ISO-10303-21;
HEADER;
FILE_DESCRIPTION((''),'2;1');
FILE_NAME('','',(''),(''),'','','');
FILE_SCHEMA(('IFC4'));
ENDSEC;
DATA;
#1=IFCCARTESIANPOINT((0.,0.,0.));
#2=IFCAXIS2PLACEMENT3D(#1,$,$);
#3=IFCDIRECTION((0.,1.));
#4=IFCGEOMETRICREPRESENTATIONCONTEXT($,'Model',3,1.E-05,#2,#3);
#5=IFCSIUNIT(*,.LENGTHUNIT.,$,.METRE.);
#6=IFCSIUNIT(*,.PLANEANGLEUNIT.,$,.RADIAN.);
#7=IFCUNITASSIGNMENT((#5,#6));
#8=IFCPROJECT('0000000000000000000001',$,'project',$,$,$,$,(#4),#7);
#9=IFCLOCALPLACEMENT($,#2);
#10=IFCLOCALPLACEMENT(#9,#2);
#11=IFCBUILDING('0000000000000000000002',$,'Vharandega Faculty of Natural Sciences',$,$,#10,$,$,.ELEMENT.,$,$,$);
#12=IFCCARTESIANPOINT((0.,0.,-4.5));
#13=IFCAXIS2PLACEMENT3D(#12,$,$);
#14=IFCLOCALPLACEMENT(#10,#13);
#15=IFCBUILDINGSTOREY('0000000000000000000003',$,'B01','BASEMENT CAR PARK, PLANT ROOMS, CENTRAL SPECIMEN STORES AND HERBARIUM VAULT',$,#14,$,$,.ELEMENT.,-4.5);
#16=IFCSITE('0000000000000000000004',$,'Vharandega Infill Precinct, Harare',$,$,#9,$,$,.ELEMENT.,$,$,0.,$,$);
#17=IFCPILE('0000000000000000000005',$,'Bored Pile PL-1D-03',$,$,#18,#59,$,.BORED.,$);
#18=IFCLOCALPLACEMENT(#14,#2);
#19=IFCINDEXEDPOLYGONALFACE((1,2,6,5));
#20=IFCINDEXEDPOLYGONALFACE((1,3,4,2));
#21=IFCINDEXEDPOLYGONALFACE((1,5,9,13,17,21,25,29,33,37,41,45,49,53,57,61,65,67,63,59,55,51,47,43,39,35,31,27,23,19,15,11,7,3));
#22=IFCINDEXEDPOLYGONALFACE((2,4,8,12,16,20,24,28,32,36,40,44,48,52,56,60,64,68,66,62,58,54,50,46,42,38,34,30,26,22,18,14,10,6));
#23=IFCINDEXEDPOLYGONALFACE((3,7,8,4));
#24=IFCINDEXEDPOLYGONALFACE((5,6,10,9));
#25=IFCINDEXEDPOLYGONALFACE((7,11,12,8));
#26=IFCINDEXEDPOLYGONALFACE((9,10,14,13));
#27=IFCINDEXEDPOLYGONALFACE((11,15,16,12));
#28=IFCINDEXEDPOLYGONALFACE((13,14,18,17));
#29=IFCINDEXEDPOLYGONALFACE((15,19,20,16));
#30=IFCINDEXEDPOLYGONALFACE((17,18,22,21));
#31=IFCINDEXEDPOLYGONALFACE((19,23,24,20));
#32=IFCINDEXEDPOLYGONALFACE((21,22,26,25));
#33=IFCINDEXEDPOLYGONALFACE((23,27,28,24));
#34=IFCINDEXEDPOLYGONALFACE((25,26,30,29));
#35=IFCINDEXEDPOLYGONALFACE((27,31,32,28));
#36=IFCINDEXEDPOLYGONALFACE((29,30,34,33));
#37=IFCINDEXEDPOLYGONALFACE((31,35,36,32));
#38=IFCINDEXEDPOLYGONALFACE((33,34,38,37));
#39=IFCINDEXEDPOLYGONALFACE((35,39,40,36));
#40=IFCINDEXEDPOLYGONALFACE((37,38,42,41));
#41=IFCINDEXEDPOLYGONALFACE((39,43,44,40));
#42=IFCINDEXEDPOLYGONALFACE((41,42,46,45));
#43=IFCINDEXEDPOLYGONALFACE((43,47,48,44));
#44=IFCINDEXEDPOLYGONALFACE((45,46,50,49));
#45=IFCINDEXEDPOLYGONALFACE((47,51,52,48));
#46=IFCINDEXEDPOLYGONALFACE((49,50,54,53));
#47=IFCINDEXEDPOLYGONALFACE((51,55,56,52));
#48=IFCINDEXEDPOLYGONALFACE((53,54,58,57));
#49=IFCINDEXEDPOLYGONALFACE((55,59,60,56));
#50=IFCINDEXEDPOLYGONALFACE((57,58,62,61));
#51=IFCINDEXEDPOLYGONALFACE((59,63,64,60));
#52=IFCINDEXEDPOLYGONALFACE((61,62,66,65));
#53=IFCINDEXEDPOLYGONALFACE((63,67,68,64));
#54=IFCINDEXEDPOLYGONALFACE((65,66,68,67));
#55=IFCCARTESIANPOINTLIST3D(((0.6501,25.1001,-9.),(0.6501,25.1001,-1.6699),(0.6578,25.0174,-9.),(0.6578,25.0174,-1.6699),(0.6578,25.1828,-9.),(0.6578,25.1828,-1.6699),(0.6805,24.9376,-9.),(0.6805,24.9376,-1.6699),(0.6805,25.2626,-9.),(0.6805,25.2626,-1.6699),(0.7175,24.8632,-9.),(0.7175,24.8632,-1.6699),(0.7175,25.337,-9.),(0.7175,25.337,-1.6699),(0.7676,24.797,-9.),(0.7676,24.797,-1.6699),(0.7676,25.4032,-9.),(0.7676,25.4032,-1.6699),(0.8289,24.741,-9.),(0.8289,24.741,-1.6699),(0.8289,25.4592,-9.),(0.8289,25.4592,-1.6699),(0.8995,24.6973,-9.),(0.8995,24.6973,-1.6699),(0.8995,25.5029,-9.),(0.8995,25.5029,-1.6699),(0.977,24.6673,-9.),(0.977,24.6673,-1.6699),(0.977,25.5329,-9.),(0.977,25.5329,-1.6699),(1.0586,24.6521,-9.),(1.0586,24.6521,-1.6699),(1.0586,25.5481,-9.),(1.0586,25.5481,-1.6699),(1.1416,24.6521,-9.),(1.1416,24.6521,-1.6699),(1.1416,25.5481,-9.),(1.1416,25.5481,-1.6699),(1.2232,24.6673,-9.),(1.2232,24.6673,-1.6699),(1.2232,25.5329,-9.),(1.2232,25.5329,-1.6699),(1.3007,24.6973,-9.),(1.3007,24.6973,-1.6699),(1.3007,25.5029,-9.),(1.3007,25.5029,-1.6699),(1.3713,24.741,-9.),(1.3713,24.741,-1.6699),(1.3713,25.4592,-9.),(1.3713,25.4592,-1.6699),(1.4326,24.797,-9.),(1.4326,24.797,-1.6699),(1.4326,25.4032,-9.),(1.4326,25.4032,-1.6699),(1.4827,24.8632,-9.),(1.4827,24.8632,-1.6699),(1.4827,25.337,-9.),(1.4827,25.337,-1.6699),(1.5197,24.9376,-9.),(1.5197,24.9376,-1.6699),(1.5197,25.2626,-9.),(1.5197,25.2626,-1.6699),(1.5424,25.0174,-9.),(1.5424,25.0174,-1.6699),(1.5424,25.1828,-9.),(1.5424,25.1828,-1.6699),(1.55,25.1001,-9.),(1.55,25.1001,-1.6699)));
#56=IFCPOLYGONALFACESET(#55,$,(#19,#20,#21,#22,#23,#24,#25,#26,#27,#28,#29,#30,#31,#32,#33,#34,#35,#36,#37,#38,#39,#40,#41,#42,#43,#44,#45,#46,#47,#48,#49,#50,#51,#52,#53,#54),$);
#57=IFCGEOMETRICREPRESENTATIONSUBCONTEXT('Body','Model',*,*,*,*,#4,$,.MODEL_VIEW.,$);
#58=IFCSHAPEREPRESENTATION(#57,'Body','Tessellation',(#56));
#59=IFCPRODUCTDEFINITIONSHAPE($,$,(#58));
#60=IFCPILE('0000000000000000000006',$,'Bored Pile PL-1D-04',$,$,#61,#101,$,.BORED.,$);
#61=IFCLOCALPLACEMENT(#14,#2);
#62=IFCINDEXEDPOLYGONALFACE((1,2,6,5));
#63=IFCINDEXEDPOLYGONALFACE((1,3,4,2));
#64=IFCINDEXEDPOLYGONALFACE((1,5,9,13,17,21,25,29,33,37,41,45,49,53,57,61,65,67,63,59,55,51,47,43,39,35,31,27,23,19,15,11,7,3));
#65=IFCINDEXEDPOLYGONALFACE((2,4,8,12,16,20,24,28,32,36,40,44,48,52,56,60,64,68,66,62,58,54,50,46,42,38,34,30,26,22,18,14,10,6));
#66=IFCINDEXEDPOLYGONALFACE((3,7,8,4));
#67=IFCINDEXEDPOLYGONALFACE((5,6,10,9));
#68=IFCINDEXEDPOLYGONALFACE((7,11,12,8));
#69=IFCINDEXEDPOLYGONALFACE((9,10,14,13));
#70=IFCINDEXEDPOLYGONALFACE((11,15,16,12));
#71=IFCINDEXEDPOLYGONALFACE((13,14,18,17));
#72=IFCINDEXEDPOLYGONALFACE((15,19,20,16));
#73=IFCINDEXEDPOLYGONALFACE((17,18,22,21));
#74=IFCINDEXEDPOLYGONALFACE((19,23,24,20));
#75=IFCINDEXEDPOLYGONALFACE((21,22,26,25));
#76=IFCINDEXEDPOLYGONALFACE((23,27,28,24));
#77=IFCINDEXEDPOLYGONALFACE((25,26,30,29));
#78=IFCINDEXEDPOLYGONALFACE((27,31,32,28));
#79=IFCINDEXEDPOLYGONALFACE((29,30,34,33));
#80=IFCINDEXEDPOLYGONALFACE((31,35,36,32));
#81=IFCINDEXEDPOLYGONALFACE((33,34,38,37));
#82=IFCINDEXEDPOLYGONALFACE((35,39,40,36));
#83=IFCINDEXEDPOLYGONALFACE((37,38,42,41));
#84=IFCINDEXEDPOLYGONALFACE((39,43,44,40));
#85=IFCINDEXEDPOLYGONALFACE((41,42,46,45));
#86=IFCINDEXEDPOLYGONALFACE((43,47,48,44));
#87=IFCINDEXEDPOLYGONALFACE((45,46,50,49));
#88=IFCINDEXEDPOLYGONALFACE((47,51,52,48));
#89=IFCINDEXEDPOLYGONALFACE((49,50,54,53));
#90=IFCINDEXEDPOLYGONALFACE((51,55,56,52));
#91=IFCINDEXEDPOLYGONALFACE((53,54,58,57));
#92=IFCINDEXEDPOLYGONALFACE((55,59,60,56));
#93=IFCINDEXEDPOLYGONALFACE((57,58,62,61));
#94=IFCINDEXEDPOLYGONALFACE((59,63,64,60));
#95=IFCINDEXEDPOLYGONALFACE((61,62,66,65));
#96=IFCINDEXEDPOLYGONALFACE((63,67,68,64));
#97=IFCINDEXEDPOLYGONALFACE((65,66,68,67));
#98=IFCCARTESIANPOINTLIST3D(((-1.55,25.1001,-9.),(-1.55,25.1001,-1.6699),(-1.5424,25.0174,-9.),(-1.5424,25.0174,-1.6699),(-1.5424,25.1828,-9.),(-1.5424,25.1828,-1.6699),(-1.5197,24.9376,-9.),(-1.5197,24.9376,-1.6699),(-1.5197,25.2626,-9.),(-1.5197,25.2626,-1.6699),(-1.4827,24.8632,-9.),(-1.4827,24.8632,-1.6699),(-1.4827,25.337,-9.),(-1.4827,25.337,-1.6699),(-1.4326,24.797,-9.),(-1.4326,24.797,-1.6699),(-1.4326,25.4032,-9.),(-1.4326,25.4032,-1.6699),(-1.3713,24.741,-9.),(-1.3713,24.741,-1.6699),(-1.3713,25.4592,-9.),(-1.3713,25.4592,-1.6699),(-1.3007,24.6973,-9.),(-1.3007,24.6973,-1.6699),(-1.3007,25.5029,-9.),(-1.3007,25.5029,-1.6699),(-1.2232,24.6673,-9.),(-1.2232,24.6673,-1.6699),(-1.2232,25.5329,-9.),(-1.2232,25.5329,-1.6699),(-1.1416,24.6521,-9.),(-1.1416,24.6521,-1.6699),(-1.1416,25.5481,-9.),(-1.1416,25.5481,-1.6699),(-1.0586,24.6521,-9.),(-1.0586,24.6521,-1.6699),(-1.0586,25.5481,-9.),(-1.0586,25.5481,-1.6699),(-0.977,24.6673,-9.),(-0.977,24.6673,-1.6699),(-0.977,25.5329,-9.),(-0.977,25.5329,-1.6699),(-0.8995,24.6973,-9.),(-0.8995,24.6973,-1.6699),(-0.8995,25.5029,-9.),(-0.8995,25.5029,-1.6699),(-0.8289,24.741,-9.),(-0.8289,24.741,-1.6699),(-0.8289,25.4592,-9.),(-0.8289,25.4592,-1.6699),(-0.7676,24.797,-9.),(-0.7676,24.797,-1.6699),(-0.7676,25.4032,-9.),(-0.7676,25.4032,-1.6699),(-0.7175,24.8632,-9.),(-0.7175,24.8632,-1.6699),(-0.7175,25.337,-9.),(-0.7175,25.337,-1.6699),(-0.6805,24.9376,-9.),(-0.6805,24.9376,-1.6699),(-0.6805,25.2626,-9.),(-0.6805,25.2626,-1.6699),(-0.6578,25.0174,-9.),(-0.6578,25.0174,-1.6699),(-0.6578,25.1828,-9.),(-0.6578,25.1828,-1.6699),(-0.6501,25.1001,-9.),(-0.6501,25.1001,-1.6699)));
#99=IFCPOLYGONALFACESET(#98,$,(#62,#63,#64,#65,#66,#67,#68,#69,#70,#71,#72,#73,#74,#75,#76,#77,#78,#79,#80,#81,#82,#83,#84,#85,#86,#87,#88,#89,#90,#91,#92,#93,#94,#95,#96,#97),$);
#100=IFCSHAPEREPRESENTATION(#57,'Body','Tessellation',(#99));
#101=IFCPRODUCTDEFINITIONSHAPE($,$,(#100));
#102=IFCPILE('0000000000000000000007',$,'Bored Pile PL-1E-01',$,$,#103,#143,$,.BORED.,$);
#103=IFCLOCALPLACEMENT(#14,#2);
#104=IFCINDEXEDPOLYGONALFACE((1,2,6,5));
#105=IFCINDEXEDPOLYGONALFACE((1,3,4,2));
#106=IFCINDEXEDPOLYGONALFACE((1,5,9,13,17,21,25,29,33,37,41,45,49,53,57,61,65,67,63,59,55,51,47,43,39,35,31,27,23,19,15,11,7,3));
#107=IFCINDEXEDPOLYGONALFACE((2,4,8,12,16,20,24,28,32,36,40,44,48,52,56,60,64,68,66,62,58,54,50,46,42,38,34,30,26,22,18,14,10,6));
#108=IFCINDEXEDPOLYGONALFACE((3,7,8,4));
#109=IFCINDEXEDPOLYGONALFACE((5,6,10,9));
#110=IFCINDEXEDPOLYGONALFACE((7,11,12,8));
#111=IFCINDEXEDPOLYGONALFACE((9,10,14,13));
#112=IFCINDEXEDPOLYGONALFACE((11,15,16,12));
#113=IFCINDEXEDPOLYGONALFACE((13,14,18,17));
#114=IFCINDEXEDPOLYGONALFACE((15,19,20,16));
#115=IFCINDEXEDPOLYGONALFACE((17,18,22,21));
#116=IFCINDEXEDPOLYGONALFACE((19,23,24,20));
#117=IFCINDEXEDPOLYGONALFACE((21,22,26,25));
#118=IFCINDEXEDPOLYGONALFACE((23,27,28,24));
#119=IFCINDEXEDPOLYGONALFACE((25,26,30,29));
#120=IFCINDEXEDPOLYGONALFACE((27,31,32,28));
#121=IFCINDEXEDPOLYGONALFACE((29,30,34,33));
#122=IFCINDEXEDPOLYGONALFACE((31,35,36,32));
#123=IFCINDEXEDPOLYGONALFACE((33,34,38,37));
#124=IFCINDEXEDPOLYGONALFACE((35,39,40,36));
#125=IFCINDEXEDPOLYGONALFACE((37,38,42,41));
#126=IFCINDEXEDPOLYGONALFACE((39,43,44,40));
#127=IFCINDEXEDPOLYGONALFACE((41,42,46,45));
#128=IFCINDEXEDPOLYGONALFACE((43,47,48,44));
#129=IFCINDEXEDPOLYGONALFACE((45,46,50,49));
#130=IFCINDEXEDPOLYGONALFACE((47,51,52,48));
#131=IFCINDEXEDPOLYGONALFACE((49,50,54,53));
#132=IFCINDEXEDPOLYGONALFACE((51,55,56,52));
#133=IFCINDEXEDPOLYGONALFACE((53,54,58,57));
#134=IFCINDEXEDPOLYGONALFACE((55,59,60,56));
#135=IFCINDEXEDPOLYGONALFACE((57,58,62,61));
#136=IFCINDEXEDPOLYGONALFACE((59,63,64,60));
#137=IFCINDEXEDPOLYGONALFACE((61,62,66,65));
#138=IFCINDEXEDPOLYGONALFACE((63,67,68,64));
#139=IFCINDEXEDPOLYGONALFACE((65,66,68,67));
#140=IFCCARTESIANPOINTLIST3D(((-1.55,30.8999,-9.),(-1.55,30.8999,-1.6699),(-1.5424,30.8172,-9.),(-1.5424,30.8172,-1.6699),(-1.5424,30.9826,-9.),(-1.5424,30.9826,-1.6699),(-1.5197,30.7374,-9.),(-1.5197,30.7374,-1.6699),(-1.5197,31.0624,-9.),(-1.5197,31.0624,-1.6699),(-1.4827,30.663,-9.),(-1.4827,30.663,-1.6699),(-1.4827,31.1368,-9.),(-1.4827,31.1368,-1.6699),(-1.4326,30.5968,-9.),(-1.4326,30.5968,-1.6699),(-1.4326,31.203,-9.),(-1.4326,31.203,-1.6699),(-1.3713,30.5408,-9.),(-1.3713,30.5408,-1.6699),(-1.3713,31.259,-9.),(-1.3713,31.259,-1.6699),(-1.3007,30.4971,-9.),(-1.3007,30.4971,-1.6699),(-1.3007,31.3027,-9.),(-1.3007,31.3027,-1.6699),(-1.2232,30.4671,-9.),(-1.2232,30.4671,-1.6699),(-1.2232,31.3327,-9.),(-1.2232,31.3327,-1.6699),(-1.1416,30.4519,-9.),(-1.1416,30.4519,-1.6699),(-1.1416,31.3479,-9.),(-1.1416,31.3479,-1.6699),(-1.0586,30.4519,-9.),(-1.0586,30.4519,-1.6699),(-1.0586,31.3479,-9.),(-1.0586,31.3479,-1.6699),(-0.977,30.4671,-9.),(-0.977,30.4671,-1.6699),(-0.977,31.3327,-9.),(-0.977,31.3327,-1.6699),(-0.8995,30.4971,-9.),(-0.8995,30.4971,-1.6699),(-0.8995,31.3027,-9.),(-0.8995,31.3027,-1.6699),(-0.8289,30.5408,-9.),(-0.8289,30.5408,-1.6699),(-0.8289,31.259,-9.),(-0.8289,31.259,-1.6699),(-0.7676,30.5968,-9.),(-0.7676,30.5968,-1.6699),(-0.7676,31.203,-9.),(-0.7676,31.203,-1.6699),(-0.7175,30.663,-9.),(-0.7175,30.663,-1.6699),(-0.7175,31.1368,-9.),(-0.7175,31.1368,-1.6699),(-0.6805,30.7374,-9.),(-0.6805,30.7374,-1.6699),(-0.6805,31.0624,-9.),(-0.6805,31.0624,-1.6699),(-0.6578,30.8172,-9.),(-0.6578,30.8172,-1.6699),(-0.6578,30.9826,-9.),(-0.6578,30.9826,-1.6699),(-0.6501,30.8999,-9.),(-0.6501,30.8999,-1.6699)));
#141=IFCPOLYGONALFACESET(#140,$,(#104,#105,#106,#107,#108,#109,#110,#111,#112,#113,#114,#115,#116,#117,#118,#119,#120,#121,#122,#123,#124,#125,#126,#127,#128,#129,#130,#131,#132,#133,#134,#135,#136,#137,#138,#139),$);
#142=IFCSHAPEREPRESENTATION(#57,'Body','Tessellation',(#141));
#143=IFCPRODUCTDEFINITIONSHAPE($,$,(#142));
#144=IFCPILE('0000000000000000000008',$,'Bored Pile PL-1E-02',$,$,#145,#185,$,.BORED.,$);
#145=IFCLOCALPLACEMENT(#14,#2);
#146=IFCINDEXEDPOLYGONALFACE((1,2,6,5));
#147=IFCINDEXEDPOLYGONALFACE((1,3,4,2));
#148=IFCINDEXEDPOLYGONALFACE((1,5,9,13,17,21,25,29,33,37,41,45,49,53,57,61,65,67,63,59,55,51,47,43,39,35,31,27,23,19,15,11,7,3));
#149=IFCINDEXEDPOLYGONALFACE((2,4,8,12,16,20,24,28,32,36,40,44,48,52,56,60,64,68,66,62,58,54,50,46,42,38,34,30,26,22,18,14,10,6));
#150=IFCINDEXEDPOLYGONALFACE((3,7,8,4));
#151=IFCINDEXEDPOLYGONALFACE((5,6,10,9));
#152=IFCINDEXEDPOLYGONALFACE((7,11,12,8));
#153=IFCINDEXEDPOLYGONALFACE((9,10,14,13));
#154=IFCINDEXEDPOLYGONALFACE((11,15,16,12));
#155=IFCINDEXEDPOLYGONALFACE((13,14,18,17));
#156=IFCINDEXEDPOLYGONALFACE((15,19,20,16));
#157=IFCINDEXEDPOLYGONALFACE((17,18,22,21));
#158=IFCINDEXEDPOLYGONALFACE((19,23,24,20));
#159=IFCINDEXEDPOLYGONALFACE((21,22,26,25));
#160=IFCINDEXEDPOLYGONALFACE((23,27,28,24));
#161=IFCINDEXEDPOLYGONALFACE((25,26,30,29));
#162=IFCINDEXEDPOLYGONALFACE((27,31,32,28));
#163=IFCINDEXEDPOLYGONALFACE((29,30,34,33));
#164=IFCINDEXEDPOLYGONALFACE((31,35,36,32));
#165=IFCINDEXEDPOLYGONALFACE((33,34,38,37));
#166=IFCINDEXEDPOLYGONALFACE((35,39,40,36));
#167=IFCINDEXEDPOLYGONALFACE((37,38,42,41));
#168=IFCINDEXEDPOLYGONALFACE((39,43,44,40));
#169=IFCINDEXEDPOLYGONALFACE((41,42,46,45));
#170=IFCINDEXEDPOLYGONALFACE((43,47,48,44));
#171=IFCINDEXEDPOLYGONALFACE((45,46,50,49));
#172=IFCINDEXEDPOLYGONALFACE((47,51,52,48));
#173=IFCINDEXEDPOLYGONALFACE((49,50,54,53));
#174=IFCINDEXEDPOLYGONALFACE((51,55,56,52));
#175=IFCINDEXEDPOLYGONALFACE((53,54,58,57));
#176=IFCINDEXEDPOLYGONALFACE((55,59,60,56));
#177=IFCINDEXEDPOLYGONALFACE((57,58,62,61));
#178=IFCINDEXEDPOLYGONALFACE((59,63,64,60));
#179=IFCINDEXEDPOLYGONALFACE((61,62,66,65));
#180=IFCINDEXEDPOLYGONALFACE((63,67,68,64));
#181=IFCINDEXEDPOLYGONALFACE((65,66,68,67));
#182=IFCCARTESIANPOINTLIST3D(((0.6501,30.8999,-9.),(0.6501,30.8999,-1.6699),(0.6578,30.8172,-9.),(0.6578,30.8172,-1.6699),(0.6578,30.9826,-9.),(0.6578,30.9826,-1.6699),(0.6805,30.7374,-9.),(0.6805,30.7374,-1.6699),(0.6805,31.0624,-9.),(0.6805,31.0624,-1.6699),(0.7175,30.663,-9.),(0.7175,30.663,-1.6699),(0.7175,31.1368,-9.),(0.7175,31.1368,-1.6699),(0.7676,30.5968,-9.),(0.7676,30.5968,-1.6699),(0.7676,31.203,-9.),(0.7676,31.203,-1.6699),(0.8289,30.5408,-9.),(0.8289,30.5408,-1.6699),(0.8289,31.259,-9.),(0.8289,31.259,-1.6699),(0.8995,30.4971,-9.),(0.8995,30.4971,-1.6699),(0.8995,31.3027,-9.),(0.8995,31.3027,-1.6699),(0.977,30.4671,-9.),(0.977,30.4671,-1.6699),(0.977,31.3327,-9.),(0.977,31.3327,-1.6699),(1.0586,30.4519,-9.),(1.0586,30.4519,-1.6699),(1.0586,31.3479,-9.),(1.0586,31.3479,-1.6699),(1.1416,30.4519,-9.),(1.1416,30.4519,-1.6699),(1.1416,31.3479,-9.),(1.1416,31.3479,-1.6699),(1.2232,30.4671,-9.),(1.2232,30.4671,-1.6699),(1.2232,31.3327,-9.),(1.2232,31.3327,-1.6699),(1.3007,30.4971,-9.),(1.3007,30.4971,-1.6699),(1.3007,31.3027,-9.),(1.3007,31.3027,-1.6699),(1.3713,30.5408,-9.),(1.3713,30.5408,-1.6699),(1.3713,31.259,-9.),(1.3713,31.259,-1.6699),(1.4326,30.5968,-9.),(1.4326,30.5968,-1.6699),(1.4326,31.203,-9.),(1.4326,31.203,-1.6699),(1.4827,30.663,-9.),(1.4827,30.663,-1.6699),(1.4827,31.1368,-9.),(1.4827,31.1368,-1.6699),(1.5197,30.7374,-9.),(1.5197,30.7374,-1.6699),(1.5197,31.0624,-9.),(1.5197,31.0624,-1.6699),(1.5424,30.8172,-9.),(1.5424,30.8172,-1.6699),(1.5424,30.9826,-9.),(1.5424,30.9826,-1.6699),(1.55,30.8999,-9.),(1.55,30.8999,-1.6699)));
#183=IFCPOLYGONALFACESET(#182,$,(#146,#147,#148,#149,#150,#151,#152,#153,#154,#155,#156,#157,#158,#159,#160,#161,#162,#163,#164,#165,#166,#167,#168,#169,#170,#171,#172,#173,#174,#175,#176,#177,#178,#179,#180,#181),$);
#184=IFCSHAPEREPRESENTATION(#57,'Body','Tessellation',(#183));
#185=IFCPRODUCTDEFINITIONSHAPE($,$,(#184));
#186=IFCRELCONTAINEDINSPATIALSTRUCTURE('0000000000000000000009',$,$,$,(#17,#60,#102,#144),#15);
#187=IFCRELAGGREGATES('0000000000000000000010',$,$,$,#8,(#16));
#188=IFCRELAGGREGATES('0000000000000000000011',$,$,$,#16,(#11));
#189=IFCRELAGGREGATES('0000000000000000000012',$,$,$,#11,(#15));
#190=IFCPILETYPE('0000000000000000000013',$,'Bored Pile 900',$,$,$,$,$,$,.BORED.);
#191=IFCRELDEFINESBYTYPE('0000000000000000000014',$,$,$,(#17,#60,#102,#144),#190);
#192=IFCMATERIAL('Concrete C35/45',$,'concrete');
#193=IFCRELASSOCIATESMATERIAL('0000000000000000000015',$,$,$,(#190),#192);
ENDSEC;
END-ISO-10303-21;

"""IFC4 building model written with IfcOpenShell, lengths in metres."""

from ifc_helpers import new_model, si_unit, direction, frame, origin, origin_2d, place, context, subcontext, project, spatial, circle, extrude, material, material_profile, profile_set, type_object, element, save


model = new_model("IFC4")

# Units and contexts
model_context = context("Model", 3, precision=1e-05, world=origin(), true_north=direction((0.0, 1.0)))
body_context = subcontext(model_context, "Body", "Model", "MODEL_VIEW")
ifc_project = project(units=[si_unit("LENGTHUNIT", "METRE"), si_unit("PLANEANGLEUNIT", "RADIAN")], contexts=[model_context])

# Site, building, storey
site_placement = place(None, origin())
site = spatial("IfcSite", under=ifc_project, at=site_placement, Name="Vharandega Infill Precinct, Harare", CompositionType="ELEMENT", RefElevation=0.0)
building_placement = place(site_placement, origin())
building = spatial("IfcBuilding", under=site, at=building_placement, Name="Vharandega Faculty of Natural Sciences", CompositionType="ELEMENT")
storey_placement = place(building_placement, frame((0.0, 0.0, -4.5)))
storey = spatial("IfcBuildingStorey", under=building, at=storey_placement, Name="B01", Description="BASEMENT CAR PARK, PLANT ROOMS, CENTRAL SPECIMEN STORES AND HERBARIUM VAULT", CompositionType="ELEMENT", Elevation=-4.5)

# Piles
ifc_material_1 = material(Name="Concrete C35/45", Category="concrete")
ifc_material_profile_1 = material_profile(ifc_material_1, circle(Radius=0.45, at=origin_2d()), Name="PILE 900")
ifc_profile_set_1 = profile_set([ifc_material_profile_1], Name="Concrete C35/45")
pile_type = type_object("IfcPileType", Name="Bored Pile 900", PredefinedType="BORED", material=ifc_profile_set_1)
for number, where, z_axis, x_axis, name in (
    (1, (1.1001, 25.1001, -1.6699), (0.0, 0.0, -1.0), (1.0, 0.0, 0.0), "Bored Pile PL-1D-03"),
    (2, (-1.1001, 25.1001, -1.6699), (0.0, 0.0, -1.0), (1.0, 0.0, 0.0), "Bored Pile PL-1D-04"),
    (3, (-1.1001, 30.8999, -1.6699), (0.0, 0.0, -1.0), (1.0, 0.0, 0.0), "Bored Pile PL-1E-01"),
    (4, (1.1001, 30.8999, -1.6699), (0.0, 0.0, -1.0), (1.0, 0.0, 0.0), "Bored Pile PL-1E-02"),
):
    element("IfcPile", number, at=place(storey_placement, frame(where, z_axis=z_axis, x_axis=x_axis)), inside=storey, type_object=pile_type, Name=name, PredefinedType="BORED", context=body_context, shape_type="SweptSolid", body=[
        extrude(circle(Radius=0.45, at=origin_2d()), origin(), (0.0, 0.0, 1.0), 7.3301),
    ])

save(model, "model.ifc")
